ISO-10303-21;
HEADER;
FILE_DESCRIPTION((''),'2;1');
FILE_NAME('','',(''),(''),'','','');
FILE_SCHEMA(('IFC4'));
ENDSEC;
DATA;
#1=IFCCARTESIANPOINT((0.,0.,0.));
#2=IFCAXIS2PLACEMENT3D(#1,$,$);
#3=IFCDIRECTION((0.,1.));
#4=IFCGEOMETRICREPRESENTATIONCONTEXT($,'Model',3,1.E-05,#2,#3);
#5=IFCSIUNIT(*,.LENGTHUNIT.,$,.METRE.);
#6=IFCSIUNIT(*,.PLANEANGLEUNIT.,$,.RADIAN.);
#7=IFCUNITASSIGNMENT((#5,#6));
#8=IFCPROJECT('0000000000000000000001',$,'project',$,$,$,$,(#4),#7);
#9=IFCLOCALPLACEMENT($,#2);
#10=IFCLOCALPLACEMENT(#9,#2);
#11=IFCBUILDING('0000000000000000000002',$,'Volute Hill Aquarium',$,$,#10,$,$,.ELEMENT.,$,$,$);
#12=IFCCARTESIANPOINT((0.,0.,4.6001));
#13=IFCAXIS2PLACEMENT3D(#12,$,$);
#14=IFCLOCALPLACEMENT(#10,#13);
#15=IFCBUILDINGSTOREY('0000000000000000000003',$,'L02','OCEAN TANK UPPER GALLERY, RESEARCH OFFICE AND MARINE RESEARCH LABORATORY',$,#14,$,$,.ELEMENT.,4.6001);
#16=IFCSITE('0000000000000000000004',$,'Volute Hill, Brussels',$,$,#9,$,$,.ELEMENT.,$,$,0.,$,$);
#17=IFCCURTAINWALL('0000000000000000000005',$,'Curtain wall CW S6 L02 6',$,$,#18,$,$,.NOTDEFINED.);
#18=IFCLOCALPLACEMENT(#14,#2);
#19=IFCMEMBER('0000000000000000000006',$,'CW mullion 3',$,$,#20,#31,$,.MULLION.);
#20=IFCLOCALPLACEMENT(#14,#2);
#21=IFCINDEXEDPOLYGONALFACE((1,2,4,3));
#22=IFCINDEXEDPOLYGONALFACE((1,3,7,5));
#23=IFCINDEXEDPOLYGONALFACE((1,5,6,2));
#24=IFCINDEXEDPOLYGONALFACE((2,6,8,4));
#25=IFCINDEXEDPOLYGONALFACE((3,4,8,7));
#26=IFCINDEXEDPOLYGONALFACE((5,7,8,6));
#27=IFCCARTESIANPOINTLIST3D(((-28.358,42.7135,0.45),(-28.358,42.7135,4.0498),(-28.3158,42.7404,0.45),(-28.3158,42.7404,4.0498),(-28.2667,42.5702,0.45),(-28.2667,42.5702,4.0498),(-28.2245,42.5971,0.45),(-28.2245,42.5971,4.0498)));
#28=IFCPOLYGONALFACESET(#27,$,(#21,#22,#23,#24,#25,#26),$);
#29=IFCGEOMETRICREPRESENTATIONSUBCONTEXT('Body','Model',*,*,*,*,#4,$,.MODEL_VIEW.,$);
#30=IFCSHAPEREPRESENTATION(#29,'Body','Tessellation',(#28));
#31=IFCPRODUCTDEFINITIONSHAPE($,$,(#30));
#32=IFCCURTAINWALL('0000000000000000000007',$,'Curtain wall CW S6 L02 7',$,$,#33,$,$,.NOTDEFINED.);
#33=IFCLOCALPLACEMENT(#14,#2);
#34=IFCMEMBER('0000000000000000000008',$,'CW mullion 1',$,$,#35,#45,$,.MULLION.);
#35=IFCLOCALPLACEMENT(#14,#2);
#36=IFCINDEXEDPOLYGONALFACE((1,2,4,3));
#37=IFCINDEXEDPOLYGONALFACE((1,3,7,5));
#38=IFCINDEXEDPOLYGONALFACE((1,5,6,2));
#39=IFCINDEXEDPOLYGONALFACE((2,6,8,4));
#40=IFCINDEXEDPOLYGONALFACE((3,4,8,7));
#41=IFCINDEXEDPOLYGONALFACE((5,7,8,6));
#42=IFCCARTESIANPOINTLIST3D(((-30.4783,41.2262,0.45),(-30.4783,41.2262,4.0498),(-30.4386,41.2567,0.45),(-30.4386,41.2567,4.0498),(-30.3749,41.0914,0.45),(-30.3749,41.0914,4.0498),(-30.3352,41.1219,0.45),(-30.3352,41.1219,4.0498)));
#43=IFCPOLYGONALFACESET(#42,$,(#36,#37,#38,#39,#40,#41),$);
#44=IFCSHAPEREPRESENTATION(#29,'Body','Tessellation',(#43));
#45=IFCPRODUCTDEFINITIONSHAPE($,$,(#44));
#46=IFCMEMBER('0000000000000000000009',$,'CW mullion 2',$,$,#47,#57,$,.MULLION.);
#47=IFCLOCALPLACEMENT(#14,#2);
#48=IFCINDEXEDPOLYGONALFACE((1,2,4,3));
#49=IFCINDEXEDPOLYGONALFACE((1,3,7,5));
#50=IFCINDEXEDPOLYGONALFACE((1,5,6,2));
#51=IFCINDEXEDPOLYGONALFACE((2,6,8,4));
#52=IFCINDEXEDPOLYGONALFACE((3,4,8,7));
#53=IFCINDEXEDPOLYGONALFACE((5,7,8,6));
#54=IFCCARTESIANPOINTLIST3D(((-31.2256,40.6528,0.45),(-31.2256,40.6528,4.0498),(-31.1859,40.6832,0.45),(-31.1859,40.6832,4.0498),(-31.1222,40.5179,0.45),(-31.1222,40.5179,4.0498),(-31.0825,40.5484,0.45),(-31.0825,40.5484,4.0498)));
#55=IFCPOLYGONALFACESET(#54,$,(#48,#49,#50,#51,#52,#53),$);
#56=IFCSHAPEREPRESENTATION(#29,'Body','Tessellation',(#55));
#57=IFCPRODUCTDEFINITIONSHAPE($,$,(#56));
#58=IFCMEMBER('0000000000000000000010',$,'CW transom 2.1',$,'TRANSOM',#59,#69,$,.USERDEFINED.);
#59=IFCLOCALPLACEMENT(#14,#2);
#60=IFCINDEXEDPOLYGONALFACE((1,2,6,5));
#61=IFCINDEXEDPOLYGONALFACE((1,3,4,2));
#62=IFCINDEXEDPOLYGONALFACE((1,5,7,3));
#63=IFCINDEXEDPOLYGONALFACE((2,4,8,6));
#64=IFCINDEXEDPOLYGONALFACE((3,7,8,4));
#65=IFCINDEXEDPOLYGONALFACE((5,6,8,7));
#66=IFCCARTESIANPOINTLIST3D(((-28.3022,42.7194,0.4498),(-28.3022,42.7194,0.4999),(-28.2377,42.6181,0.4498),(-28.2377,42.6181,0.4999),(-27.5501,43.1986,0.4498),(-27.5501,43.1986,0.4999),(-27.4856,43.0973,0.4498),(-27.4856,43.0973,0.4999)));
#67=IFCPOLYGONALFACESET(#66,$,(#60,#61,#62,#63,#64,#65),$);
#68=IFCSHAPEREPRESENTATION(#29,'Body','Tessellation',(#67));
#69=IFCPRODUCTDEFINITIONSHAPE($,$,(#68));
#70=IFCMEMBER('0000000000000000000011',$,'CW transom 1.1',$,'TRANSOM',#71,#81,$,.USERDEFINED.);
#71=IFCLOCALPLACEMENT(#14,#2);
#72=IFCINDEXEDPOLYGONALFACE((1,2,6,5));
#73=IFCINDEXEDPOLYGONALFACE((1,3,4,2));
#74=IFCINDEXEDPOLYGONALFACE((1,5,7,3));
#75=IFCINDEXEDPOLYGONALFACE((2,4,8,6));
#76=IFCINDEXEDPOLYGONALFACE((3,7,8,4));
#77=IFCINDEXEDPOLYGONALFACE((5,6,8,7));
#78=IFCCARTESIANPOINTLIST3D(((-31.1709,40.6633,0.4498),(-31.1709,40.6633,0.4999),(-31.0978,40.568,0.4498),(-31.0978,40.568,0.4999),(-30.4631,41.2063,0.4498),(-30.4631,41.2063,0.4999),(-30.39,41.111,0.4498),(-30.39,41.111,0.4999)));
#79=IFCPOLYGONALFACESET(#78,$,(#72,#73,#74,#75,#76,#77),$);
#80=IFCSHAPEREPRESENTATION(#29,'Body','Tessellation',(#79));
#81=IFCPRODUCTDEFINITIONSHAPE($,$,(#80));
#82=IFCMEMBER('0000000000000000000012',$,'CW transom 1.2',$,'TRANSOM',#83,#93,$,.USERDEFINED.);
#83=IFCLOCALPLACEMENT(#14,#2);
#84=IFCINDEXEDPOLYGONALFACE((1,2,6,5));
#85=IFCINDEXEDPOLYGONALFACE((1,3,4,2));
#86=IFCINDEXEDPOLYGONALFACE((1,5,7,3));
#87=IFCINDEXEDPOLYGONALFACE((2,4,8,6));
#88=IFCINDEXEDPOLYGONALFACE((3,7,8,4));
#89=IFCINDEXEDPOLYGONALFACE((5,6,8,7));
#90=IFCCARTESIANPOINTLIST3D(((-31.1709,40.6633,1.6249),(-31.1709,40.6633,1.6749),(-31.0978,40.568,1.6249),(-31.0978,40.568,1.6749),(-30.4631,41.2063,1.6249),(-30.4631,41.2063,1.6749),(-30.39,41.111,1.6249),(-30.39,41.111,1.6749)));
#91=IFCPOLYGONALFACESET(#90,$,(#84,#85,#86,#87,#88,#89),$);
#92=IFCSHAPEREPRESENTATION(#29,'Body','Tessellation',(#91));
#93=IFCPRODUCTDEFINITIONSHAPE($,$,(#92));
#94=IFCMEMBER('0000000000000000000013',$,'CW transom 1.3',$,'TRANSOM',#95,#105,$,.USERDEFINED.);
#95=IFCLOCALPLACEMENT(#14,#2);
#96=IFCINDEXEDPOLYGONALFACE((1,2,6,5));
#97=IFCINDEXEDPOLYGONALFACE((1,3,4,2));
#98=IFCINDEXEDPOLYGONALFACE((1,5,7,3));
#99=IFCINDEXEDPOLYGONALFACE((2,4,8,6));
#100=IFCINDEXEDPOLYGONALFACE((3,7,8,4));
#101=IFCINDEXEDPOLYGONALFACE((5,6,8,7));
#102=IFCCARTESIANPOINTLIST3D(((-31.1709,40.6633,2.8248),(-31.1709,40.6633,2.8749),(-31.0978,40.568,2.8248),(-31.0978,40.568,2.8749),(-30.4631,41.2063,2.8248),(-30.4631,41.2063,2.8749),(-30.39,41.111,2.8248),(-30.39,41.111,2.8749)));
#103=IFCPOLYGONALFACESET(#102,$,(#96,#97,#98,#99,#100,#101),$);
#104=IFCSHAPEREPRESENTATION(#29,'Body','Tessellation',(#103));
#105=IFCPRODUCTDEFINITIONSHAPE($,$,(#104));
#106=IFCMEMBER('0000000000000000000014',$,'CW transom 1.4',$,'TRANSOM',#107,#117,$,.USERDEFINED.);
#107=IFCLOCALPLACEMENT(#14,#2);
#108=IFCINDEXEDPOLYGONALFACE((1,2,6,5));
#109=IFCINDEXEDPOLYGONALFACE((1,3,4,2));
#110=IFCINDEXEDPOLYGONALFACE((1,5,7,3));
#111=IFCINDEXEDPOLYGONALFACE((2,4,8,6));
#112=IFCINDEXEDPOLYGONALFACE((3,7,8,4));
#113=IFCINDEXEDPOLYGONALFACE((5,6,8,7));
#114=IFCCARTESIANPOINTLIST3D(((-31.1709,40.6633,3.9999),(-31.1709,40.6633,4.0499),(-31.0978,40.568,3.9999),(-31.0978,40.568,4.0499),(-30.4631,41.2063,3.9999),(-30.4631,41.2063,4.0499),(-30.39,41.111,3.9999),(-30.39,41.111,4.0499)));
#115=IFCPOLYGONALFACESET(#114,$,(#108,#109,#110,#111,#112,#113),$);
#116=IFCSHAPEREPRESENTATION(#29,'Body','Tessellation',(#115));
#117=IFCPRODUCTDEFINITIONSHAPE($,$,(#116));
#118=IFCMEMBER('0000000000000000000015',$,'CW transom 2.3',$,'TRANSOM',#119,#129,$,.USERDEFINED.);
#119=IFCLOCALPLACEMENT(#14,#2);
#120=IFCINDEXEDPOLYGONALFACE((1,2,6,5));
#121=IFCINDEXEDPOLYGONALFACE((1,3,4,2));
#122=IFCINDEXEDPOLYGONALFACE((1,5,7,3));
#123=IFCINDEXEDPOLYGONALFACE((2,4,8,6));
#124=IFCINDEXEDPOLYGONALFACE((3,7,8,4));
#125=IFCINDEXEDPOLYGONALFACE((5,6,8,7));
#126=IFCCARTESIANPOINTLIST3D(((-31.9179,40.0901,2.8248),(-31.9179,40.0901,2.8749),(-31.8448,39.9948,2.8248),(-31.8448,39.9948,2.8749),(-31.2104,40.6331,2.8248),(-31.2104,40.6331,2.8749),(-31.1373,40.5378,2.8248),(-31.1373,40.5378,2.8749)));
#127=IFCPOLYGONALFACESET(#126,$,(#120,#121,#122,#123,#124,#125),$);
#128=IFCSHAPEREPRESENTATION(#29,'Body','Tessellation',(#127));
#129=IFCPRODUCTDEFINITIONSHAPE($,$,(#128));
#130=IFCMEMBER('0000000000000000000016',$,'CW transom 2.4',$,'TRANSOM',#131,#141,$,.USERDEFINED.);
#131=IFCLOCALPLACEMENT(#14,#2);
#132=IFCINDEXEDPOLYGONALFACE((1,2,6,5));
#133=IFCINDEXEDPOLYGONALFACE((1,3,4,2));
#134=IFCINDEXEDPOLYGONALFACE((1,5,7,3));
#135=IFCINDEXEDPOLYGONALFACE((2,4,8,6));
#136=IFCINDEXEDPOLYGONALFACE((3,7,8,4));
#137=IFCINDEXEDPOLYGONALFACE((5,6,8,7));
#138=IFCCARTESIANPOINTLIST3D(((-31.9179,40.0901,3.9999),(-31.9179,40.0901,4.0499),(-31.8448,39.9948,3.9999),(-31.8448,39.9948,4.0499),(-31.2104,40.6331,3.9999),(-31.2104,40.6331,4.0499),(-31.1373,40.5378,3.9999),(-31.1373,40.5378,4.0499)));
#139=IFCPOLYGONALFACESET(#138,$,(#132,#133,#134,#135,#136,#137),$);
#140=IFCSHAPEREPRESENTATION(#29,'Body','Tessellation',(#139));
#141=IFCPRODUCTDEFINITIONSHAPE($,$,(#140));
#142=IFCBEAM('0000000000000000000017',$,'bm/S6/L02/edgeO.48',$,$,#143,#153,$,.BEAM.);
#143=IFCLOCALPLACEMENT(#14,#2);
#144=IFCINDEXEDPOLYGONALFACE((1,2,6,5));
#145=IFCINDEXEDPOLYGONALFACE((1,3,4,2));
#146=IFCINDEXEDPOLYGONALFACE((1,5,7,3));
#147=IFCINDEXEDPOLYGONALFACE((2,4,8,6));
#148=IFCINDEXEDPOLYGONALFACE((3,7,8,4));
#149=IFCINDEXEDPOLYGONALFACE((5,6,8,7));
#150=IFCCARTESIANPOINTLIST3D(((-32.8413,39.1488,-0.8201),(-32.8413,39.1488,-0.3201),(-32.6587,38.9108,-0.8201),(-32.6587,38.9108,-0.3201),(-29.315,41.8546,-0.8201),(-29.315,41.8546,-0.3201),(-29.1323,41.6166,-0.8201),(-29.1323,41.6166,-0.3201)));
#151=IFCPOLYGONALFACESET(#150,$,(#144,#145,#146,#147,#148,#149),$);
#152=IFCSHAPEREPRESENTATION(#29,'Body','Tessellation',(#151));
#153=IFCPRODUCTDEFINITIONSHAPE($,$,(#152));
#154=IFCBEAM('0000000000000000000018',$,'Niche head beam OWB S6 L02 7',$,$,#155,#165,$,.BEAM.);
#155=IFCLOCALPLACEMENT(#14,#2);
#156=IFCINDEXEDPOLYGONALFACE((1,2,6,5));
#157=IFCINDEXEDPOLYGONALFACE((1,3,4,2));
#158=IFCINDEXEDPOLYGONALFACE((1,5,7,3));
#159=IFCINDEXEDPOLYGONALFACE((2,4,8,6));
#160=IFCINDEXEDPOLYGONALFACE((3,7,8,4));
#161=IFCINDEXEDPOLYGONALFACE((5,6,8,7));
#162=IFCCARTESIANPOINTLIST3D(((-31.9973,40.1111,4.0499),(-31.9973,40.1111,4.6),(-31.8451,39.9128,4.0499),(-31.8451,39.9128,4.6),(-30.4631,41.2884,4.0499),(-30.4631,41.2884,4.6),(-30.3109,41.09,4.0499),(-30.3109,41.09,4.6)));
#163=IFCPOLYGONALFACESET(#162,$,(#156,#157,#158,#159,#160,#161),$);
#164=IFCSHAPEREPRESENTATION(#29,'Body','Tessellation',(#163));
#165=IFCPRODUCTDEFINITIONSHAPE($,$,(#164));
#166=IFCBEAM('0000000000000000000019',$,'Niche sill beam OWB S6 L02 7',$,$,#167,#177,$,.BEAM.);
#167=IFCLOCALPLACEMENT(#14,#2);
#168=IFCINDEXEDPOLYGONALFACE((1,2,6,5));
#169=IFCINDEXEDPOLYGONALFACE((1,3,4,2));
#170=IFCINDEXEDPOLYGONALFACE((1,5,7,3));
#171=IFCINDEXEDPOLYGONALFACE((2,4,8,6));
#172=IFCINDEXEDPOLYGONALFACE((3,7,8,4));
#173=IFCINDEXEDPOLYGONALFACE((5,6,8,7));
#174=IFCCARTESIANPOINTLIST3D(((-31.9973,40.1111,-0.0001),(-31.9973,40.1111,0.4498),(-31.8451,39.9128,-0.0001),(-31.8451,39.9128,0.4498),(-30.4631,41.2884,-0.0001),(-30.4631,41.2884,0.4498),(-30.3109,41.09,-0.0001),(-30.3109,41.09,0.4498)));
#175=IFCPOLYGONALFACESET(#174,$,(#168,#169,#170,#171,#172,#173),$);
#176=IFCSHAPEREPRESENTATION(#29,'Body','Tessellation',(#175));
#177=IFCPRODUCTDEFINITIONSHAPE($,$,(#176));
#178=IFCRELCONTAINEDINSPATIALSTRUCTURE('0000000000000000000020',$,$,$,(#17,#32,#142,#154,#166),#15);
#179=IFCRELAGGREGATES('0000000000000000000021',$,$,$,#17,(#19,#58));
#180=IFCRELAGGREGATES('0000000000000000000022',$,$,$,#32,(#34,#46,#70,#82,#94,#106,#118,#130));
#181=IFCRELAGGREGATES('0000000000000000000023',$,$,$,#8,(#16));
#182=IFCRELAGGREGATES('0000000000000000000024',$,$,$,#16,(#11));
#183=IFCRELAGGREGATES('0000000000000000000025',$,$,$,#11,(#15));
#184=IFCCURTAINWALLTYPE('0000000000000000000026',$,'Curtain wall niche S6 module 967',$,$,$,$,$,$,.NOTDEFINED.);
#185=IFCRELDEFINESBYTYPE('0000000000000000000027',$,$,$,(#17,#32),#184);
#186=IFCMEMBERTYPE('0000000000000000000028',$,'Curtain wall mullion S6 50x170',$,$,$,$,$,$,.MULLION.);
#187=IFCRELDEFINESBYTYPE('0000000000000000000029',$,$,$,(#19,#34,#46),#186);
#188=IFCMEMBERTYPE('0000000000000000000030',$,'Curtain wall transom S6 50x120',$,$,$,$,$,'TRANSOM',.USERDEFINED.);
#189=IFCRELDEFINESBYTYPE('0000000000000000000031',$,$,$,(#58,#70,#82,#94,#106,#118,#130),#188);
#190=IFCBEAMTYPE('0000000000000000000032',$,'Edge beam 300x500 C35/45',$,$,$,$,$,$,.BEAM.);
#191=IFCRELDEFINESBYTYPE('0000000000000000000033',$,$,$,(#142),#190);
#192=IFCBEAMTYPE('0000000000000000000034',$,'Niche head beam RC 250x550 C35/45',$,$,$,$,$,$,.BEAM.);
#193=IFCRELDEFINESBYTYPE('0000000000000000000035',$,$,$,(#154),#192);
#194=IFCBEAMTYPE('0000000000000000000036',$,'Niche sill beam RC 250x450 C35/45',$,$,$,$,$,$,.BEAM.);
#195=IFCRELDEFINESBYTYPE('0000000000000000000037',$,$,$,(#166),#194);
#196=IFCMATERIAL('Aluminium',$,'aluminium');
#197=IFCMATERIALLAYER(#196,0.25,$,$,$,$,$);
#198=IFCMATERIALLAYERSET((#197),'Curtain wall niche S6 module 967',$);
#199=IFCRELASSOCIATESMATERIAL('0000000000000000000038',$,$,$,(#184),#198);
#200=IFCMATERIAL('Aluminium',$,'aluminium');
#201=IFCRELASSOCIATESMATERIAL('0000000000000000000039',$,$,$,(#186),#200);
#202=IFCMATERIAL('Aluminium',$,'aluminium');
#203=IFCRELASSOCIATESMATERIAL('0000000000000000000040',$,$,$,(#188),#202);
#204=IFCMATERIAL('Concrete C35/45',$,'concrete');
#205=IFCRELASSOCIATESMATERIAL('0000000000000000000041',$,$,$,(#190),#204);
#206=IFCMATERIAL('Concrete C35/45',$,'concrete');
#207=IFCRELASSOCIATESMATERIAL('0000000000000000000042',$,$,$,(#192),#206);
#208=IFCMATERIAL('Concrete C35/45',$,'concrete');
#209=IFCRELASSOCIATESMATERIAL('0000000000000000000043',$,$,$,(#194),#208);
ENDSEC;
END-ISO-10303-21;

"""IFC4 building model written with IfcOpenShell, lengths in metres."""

from ifc_helpers import new_model, si_unit, direction, frame, origin, origin_2d, place, context, subcontext, project, spatial, rectangle, extrude, material, layer, layer_set, material_profile, profile_set, type_object, element, aggregate, save


model = new_model("IFC4")

# Units and contexts
model_context = context("Model", 3, precision=1e-05, world=origin(), true_north=direction((0.0, 1.0)))
body_context = subcontext(model_context, "Body", "Model", "MODEL_VIEW")
ifc_project = project(units=[si_unit("LENGTHUNIT", "METRE"), si_unit("PLANEANGLEUNIT", "RADIAN")], contexts=[model_context])

# Site, building, storey
site_placement = place(None, origin())
site = spatial("IfcSite", under=ifc_project, at=site_placement, Name="Volute Hill, Brussels", CompositionType="ELEMENT", RefElevation=0.0)
building_placement = place(site_placement, origin())
building = spatial("IfcBuilding", under=site, at=building_placement, Name="Volute Hill Aquarium", CompositionType="ELEMENT")
storey_placement = place(building_placement, frame((0.0, 0.0, 4.6001)))
storey = spatial("IfcBuildingStorey", under=building, at=storey_placement, Name="L02", Description="OCEAN TANK UPPER GALLERY, RESEARCH OFFICE AND MARINE RESEARCH LABORATORY", CompositionType="ELEMENT", Elevation=4.6001)

# Curtain wall, member
ifc_material_1 = material(Name="Aluminium", Category="aluminium")
ifc_layer_1 = layer(ifc_material_1, 0.25)
ifc_layer_set_1 = layer_set([ifc_layer_1], Name="Curtain wall niche S6 module 967")
curtain_wall_type = type_object("IfcCurtainWallType", Name="Curtain wall niche S6 module 967", PredefinedType="NOTDEFINED", material=ifc_layer_set_1)
curtain_wall_1_placement = place(storey_placement, origin())
curtain_wall_1 = element("IfcCurtainWall", 1, at=curtain_wall_1_placement, inside=storey, type_object=curtain_wall_type, Name="Curtain wall CW S6 L02 6", PredefinedType="NOTDEFINED")
ifc_material_2 = material(Name="Aluminium", Category="aluminium")
ifc_material_profile_1 = material_profile(ifc_material_2, rectangle(XDim=0.1699, YDim=0.05, at=origin_2d()), Name="Curtain wall mullion S6 50x170")
ifc_profile_set_1 = profile_set([ifc_material_profile_1], Name="Aluminium")
member_type_1 = type_object("IfcMemberType", Name="Curtain wall mullion S6 50x170", PredefinedType="MULLION", material=ifc_profile_set_1)
member_1_placement = place(storey_placement, frame((-28.2913, 42.6553, 0.45), z_axis=(0.0, 0.0, 1.0), x_axis=(0.537295, -0.843395, 0.0)))
member_1 = element("IfcMember", 2, at=member_1_placement, type_object=member_type_1, Name="CW mullion 3", PredefinedType="MULLION", context=body_context, shape_type="SweptSolid", body=[
    extrude(rectangle(XDim=0.1699, YDim=0.05, at=origin_2d()), origin(), (0.0, 0.0, 1.0), 3.5999),
])

# Curtain wall, members
curtain_wall_2_placement = place(storey_placement, origin())
curtain_wall_2 = element("IfcCurtainWall", 3, at=curtain_wall_2_placement, inside=storey, type_object=curtain_wall_type, Name="Curtain wall CW S6 L02 7", PredefinedType="NOTDEFINED")
member_2_placement = place(storey_placement, frame((-30.4067, 41.1741, 0.45), z_axis=(0.0, 0.0, 1.0), x_axis=(0.608769, -0.793348, 0.0)))
member_2 = element("IfcMember", 4, at=member_2_placement, type_object=member_type_1, Name="CW mullion 1", PredefinedType="MULLION", context=body_context, shape_type="SweptSolid", body=[
    extrude(rectangle(XDim=0.1699, YDim=0.05, at=origin_2d()), origin(), (0.0, 0.0, 1.0), 3.5999),
])
member_3_placement = place(storey_placement, frame((-31.1541, 40.6006, 0.45), z_axis=(0.0, 0.0, 1.0), x_axis=(0.608769, -0.793348, 0.0)))
member_3 = element("IfcMember", 5, at=member_3_placement, type_object=member_type_1, Name="CW mullion 2", PredefinedType="MULLION", context=body_context, shape_type="SweptSolid", body=[
    extrude(rectangle(XDim=0.1699, YDim=0.05, at=origin_2d()), origin(), (0.0, 0.0, 1.0), 3.5999),
])

# Members
ifc_material_3 = material(Name="Aluminium", Category="aluminium")
ifc_material_profile_2 = material_profile(ifc_material_3, rectangle(XDim=0.1201, YDim=0.05, at=origin_2d()), Name="Curtain wall transom S6 50x120")
ifc_profile_set_2 = profile_set([ifc_material_profile_2], Name="Aluminium")
member_type_2 = type_object("IfcMemberType", Name="Curtain wall transom S6 50x120", ElementType="TRANSOM", PredefinedType="USERDEFINED", material=ifc_profile_set_2)
member_4_placement = place(storey_placement, frame((-27.5178, 43.1479, 0.4749), z_axis=(-0.843368, -0.537336, 0.0), x_axis=(0.537336, -0.843368, 0.0)))
member_4 = element("IfcMember", 6, at=member_4_placement, type_object=member_type_2, Name="CW transom 2.1", ObjectType="TRANSOM", PredefinedType="USERDEFINED", context=body_context, shape_type="SweptSolid", body=[
    extrude(rectangle(XDim=0.1201, YDim=0.05, at=origin_2d()), origin(), (0.0, 0.0, 1.0), 0.8918),
])
member_5_placement = place(storey_placement, frame((-30.4265, 41.1587, 0.4749), z_axis=(-0.793417, -0.608679, 0.0), x_axis=(0.608679, -0.793417, 0.0)))
member_5 = element("IfcMember", 7, at=member_5_placement, type_object=member_type_2, Name="CW transom 1.1", ObjectType="TRANSOM", PredefinedType="USERDEFINED", context=body_context, shape_type="SweptSolid", body=[
    extrude(rectangle(XDim=0.1201, YDim=0.05, at=origin_2d()), origin(), (0.0, 0.0, 1.0), 0.8921),
])
member_6_placement = place(storey_placement, frame((-30.4265, 41.1587, 1.6499), z_axis=(-0.793417, -0.608679, 0.0), x_axis=(0.608679, -0.793417, 0.0)))
member_6 = element("IfcMember", 8, at=member_6_placement, type_object=member_type_2, Name="CW transom 1.2", ObjectType="TRANSOM", PredefinedType="USERDEFINED", context=body_context, shape_type="SweptSolid", body=[
    extrude(rectangle(XDim=0.1201, YDim=0.05, at=origin_2d()), origin(), (0.0, 0.0, 1.0), 0.8921),
])
member_7_placement = place(storey_placement, frame((-30.4265, 41.1587, 2.8499), z_axis=(-0.793417, -0.608679, 0.0), x_axis=(0.608679, -0.793417, 0.0)))
member_7 = element("IfcMember", 9, at=member_7_placement, type_object=member_type_2, Name="CW transom 1.3", ObjectType="TRANSOM", PredefinedType="USERDEFINED", context=body_context, shape_type="SweptSolid", body=[
    extrude(rectangle(XDim=0.1201, YDim=0.05, at=origin_2d()), origin(), (0.0, 0.0, 1.0), 0.8921),
])
member_8_placement = place(storey_placement, frame((-30.4265, 41.1587, 4.0249), z_axis=(-0.793417, -0.608679, 0.0), x_axis=(0.608679, -0.793417, 0.0)))
member_8 = element("IfcMember", 10, at=member_8_placement, type_object=member_type_2, Name="CW transom 1.4", ObjectType="TRANSOM", PredefinedType="USERDEFINED", context=body_context, shape_type="SweptSolid", body=[
    extrude(rectangle(XDim=0.1201, YDim=0.05, at=origin_2d()), origin(), (0.0, 0.0, 1.0), 0.8921),
])
member_9_placement = place(storey_placement, frame((-31.1738, 40.5854, 2.8499), z_axis=(-0.793315, -0.608811, 0.0), x_axis=(0.608811, -0.793315, 0.0)))
member_9 = element("IfcMember", 11, at=member_9_placement, type_object=member_type_2, Name="CW transom 2.3", ObjectType="TRANSOM", PredefinedType="USERDEFINED", context=body_context, shape_type="SweptSolid", body=[
    extrude(rectangle(XDim=0.1201, YDim=0.05, at=origin_2d()), origin(), (0.0, 0.0, 1.0), 0.8918),
])
member_10_placement = place(storey_placement, frame((-31.1738, 40.5854, 4.0249), z_axis=(-0.793315, -0.608811, 0.0), x_axis=(0.608811, -0.793315, 0.0)))
member_10 = element("IfcMember", 12, at=member_10_placement, type_object=member_type_2, Name="CW transom 2.4", ObjectType="TRANSOM", PredefinedType="USERDEFINED", context=body_context, shape_type="SweptSolid", body=[
    extrude(rectangle(XDim=0.1201, YDim=0.05, at=origin_2d()), origin(), (0.0, 0.0, 1.0), 0.8918),
])

# Beams
ifc_material_4 = material(Name="Concrete C35/45", Category="concrete")
ifc_material_profile_3 = material_profile(ifc_material_4, rectangle(XDim=0.3, YDim=0.5, at=origin_2d()), Name="RC edge beam 300x500")
ifc_profile_set_3 = profile_set([ifc_material_profile_3], Name="Concrete C35/45")
beam_type_1 = type_object("IfcBeamType", Name="Edge beam 300x500 C35/45", PredefinedType="BEAM", material=ifc_profile_set_3)
beam_1_placement = place(storey_placement, frame((-29.2236, 41.7356, -0.5701), z_axis=(-0.793361, -0.608752, 0.0), x_axis=(0.608752, -0.793361, 0.0)))
element("IfcBeam", 13, at=beam_1_placement, inside=storey, type_object=beam_type_1, Name="bm/S6/L02/edgeO.48", PredefinedType="BEAM", context=body_context, shape_type="SweptSolid", body=[
    extrude(rectangle(XDim=0.3, YDim=0.5, at=origin_2d()), origin(), (0.0, 0.0, 1.0), 4.4448),
])
ifc_material_5 = material(Name="Concrete C35/45", Category="concrete")
ifc_material_profile_4 = material_profile(ifc_material_5, rectangle(XDim=0.25, YDim=0.55, at=origin_2d()), Name="RC beam 250x550")
ifc_profile_set_4 = profile_set([ifc_material_profile_4], Name="Concrete C35/45")
beam_type_2 = type_object("IfcBeamType", Name="Niche head beam RC 250x550 C35/45", PredefinedType="BEAM", material=ifc_profile_set_4)
beam_2_placement = place(storey_placement, frame((-30.387, 41.1892, 4.325), z_axis=(-0.793346, -0.608771, 0.0), x_axis=(0.608771, -0.793346, 0.0)))
element("IfcBeam", 14, at=beam_2_placement, inside=storey, type_object=beam_type_2, Name="Niche head beam OWB S6 L02 7", PredefinedType="BEAM", context=body_context, shape_type="SweptSolid", body=[
    extrude(rectangle(XDim=0.25, YDim=0.55, at=origin_2d()), origin(), (0.0, 0.0, 1.0), 1.9338),
])
ifc_material_6 = material(Name="Concrete C35/45", Category="concrete")
ifc_material_profile_5 = material_profile(ifc_material_6, rectangle(XDim=0.25, YDim=0.45, at=origin_2d()), Name="RC beam 250x450")
ifc_profile_set_5 = profile_set([ifc_material_profile_5], Name="Concrete C35/45")
beam_type_3 = type_object("IfcBeamType", Name="Niche sill beam RC 250x450 C35/45", PredefinedType="BEAM", material=ifc_profile_set_5)
beam_3_placement = place(storey_placement, frame((-30.387, 41.1892, 0.2249), z_axis=(-0.793346, -0.608771, 0.0), x_axis=(0.608771, -0.793346, 0.0)))
element("IfcBeam", 15, at=beam_3_placement, inside=storey, type_object=beam_type_3, Name="Niche sill beam OWB S6 L02 7", PredefinedType="BEAM", context=body_context, shape_type="SweptSolid", body=[
    extrude(rectangle(XDim=0.25, YDim=0.45, at=origin_2d()), origin(), (0.0, 0.0, 1.0), 1.9338),
])

aggregate(curtain_wall_1, [member_1, member_4])
aggregate(curtain_wall_2, [member_2, member_3, member_5, member_6, member_7, member_8, member_9, member_10])

save(model, "model.ifc")
